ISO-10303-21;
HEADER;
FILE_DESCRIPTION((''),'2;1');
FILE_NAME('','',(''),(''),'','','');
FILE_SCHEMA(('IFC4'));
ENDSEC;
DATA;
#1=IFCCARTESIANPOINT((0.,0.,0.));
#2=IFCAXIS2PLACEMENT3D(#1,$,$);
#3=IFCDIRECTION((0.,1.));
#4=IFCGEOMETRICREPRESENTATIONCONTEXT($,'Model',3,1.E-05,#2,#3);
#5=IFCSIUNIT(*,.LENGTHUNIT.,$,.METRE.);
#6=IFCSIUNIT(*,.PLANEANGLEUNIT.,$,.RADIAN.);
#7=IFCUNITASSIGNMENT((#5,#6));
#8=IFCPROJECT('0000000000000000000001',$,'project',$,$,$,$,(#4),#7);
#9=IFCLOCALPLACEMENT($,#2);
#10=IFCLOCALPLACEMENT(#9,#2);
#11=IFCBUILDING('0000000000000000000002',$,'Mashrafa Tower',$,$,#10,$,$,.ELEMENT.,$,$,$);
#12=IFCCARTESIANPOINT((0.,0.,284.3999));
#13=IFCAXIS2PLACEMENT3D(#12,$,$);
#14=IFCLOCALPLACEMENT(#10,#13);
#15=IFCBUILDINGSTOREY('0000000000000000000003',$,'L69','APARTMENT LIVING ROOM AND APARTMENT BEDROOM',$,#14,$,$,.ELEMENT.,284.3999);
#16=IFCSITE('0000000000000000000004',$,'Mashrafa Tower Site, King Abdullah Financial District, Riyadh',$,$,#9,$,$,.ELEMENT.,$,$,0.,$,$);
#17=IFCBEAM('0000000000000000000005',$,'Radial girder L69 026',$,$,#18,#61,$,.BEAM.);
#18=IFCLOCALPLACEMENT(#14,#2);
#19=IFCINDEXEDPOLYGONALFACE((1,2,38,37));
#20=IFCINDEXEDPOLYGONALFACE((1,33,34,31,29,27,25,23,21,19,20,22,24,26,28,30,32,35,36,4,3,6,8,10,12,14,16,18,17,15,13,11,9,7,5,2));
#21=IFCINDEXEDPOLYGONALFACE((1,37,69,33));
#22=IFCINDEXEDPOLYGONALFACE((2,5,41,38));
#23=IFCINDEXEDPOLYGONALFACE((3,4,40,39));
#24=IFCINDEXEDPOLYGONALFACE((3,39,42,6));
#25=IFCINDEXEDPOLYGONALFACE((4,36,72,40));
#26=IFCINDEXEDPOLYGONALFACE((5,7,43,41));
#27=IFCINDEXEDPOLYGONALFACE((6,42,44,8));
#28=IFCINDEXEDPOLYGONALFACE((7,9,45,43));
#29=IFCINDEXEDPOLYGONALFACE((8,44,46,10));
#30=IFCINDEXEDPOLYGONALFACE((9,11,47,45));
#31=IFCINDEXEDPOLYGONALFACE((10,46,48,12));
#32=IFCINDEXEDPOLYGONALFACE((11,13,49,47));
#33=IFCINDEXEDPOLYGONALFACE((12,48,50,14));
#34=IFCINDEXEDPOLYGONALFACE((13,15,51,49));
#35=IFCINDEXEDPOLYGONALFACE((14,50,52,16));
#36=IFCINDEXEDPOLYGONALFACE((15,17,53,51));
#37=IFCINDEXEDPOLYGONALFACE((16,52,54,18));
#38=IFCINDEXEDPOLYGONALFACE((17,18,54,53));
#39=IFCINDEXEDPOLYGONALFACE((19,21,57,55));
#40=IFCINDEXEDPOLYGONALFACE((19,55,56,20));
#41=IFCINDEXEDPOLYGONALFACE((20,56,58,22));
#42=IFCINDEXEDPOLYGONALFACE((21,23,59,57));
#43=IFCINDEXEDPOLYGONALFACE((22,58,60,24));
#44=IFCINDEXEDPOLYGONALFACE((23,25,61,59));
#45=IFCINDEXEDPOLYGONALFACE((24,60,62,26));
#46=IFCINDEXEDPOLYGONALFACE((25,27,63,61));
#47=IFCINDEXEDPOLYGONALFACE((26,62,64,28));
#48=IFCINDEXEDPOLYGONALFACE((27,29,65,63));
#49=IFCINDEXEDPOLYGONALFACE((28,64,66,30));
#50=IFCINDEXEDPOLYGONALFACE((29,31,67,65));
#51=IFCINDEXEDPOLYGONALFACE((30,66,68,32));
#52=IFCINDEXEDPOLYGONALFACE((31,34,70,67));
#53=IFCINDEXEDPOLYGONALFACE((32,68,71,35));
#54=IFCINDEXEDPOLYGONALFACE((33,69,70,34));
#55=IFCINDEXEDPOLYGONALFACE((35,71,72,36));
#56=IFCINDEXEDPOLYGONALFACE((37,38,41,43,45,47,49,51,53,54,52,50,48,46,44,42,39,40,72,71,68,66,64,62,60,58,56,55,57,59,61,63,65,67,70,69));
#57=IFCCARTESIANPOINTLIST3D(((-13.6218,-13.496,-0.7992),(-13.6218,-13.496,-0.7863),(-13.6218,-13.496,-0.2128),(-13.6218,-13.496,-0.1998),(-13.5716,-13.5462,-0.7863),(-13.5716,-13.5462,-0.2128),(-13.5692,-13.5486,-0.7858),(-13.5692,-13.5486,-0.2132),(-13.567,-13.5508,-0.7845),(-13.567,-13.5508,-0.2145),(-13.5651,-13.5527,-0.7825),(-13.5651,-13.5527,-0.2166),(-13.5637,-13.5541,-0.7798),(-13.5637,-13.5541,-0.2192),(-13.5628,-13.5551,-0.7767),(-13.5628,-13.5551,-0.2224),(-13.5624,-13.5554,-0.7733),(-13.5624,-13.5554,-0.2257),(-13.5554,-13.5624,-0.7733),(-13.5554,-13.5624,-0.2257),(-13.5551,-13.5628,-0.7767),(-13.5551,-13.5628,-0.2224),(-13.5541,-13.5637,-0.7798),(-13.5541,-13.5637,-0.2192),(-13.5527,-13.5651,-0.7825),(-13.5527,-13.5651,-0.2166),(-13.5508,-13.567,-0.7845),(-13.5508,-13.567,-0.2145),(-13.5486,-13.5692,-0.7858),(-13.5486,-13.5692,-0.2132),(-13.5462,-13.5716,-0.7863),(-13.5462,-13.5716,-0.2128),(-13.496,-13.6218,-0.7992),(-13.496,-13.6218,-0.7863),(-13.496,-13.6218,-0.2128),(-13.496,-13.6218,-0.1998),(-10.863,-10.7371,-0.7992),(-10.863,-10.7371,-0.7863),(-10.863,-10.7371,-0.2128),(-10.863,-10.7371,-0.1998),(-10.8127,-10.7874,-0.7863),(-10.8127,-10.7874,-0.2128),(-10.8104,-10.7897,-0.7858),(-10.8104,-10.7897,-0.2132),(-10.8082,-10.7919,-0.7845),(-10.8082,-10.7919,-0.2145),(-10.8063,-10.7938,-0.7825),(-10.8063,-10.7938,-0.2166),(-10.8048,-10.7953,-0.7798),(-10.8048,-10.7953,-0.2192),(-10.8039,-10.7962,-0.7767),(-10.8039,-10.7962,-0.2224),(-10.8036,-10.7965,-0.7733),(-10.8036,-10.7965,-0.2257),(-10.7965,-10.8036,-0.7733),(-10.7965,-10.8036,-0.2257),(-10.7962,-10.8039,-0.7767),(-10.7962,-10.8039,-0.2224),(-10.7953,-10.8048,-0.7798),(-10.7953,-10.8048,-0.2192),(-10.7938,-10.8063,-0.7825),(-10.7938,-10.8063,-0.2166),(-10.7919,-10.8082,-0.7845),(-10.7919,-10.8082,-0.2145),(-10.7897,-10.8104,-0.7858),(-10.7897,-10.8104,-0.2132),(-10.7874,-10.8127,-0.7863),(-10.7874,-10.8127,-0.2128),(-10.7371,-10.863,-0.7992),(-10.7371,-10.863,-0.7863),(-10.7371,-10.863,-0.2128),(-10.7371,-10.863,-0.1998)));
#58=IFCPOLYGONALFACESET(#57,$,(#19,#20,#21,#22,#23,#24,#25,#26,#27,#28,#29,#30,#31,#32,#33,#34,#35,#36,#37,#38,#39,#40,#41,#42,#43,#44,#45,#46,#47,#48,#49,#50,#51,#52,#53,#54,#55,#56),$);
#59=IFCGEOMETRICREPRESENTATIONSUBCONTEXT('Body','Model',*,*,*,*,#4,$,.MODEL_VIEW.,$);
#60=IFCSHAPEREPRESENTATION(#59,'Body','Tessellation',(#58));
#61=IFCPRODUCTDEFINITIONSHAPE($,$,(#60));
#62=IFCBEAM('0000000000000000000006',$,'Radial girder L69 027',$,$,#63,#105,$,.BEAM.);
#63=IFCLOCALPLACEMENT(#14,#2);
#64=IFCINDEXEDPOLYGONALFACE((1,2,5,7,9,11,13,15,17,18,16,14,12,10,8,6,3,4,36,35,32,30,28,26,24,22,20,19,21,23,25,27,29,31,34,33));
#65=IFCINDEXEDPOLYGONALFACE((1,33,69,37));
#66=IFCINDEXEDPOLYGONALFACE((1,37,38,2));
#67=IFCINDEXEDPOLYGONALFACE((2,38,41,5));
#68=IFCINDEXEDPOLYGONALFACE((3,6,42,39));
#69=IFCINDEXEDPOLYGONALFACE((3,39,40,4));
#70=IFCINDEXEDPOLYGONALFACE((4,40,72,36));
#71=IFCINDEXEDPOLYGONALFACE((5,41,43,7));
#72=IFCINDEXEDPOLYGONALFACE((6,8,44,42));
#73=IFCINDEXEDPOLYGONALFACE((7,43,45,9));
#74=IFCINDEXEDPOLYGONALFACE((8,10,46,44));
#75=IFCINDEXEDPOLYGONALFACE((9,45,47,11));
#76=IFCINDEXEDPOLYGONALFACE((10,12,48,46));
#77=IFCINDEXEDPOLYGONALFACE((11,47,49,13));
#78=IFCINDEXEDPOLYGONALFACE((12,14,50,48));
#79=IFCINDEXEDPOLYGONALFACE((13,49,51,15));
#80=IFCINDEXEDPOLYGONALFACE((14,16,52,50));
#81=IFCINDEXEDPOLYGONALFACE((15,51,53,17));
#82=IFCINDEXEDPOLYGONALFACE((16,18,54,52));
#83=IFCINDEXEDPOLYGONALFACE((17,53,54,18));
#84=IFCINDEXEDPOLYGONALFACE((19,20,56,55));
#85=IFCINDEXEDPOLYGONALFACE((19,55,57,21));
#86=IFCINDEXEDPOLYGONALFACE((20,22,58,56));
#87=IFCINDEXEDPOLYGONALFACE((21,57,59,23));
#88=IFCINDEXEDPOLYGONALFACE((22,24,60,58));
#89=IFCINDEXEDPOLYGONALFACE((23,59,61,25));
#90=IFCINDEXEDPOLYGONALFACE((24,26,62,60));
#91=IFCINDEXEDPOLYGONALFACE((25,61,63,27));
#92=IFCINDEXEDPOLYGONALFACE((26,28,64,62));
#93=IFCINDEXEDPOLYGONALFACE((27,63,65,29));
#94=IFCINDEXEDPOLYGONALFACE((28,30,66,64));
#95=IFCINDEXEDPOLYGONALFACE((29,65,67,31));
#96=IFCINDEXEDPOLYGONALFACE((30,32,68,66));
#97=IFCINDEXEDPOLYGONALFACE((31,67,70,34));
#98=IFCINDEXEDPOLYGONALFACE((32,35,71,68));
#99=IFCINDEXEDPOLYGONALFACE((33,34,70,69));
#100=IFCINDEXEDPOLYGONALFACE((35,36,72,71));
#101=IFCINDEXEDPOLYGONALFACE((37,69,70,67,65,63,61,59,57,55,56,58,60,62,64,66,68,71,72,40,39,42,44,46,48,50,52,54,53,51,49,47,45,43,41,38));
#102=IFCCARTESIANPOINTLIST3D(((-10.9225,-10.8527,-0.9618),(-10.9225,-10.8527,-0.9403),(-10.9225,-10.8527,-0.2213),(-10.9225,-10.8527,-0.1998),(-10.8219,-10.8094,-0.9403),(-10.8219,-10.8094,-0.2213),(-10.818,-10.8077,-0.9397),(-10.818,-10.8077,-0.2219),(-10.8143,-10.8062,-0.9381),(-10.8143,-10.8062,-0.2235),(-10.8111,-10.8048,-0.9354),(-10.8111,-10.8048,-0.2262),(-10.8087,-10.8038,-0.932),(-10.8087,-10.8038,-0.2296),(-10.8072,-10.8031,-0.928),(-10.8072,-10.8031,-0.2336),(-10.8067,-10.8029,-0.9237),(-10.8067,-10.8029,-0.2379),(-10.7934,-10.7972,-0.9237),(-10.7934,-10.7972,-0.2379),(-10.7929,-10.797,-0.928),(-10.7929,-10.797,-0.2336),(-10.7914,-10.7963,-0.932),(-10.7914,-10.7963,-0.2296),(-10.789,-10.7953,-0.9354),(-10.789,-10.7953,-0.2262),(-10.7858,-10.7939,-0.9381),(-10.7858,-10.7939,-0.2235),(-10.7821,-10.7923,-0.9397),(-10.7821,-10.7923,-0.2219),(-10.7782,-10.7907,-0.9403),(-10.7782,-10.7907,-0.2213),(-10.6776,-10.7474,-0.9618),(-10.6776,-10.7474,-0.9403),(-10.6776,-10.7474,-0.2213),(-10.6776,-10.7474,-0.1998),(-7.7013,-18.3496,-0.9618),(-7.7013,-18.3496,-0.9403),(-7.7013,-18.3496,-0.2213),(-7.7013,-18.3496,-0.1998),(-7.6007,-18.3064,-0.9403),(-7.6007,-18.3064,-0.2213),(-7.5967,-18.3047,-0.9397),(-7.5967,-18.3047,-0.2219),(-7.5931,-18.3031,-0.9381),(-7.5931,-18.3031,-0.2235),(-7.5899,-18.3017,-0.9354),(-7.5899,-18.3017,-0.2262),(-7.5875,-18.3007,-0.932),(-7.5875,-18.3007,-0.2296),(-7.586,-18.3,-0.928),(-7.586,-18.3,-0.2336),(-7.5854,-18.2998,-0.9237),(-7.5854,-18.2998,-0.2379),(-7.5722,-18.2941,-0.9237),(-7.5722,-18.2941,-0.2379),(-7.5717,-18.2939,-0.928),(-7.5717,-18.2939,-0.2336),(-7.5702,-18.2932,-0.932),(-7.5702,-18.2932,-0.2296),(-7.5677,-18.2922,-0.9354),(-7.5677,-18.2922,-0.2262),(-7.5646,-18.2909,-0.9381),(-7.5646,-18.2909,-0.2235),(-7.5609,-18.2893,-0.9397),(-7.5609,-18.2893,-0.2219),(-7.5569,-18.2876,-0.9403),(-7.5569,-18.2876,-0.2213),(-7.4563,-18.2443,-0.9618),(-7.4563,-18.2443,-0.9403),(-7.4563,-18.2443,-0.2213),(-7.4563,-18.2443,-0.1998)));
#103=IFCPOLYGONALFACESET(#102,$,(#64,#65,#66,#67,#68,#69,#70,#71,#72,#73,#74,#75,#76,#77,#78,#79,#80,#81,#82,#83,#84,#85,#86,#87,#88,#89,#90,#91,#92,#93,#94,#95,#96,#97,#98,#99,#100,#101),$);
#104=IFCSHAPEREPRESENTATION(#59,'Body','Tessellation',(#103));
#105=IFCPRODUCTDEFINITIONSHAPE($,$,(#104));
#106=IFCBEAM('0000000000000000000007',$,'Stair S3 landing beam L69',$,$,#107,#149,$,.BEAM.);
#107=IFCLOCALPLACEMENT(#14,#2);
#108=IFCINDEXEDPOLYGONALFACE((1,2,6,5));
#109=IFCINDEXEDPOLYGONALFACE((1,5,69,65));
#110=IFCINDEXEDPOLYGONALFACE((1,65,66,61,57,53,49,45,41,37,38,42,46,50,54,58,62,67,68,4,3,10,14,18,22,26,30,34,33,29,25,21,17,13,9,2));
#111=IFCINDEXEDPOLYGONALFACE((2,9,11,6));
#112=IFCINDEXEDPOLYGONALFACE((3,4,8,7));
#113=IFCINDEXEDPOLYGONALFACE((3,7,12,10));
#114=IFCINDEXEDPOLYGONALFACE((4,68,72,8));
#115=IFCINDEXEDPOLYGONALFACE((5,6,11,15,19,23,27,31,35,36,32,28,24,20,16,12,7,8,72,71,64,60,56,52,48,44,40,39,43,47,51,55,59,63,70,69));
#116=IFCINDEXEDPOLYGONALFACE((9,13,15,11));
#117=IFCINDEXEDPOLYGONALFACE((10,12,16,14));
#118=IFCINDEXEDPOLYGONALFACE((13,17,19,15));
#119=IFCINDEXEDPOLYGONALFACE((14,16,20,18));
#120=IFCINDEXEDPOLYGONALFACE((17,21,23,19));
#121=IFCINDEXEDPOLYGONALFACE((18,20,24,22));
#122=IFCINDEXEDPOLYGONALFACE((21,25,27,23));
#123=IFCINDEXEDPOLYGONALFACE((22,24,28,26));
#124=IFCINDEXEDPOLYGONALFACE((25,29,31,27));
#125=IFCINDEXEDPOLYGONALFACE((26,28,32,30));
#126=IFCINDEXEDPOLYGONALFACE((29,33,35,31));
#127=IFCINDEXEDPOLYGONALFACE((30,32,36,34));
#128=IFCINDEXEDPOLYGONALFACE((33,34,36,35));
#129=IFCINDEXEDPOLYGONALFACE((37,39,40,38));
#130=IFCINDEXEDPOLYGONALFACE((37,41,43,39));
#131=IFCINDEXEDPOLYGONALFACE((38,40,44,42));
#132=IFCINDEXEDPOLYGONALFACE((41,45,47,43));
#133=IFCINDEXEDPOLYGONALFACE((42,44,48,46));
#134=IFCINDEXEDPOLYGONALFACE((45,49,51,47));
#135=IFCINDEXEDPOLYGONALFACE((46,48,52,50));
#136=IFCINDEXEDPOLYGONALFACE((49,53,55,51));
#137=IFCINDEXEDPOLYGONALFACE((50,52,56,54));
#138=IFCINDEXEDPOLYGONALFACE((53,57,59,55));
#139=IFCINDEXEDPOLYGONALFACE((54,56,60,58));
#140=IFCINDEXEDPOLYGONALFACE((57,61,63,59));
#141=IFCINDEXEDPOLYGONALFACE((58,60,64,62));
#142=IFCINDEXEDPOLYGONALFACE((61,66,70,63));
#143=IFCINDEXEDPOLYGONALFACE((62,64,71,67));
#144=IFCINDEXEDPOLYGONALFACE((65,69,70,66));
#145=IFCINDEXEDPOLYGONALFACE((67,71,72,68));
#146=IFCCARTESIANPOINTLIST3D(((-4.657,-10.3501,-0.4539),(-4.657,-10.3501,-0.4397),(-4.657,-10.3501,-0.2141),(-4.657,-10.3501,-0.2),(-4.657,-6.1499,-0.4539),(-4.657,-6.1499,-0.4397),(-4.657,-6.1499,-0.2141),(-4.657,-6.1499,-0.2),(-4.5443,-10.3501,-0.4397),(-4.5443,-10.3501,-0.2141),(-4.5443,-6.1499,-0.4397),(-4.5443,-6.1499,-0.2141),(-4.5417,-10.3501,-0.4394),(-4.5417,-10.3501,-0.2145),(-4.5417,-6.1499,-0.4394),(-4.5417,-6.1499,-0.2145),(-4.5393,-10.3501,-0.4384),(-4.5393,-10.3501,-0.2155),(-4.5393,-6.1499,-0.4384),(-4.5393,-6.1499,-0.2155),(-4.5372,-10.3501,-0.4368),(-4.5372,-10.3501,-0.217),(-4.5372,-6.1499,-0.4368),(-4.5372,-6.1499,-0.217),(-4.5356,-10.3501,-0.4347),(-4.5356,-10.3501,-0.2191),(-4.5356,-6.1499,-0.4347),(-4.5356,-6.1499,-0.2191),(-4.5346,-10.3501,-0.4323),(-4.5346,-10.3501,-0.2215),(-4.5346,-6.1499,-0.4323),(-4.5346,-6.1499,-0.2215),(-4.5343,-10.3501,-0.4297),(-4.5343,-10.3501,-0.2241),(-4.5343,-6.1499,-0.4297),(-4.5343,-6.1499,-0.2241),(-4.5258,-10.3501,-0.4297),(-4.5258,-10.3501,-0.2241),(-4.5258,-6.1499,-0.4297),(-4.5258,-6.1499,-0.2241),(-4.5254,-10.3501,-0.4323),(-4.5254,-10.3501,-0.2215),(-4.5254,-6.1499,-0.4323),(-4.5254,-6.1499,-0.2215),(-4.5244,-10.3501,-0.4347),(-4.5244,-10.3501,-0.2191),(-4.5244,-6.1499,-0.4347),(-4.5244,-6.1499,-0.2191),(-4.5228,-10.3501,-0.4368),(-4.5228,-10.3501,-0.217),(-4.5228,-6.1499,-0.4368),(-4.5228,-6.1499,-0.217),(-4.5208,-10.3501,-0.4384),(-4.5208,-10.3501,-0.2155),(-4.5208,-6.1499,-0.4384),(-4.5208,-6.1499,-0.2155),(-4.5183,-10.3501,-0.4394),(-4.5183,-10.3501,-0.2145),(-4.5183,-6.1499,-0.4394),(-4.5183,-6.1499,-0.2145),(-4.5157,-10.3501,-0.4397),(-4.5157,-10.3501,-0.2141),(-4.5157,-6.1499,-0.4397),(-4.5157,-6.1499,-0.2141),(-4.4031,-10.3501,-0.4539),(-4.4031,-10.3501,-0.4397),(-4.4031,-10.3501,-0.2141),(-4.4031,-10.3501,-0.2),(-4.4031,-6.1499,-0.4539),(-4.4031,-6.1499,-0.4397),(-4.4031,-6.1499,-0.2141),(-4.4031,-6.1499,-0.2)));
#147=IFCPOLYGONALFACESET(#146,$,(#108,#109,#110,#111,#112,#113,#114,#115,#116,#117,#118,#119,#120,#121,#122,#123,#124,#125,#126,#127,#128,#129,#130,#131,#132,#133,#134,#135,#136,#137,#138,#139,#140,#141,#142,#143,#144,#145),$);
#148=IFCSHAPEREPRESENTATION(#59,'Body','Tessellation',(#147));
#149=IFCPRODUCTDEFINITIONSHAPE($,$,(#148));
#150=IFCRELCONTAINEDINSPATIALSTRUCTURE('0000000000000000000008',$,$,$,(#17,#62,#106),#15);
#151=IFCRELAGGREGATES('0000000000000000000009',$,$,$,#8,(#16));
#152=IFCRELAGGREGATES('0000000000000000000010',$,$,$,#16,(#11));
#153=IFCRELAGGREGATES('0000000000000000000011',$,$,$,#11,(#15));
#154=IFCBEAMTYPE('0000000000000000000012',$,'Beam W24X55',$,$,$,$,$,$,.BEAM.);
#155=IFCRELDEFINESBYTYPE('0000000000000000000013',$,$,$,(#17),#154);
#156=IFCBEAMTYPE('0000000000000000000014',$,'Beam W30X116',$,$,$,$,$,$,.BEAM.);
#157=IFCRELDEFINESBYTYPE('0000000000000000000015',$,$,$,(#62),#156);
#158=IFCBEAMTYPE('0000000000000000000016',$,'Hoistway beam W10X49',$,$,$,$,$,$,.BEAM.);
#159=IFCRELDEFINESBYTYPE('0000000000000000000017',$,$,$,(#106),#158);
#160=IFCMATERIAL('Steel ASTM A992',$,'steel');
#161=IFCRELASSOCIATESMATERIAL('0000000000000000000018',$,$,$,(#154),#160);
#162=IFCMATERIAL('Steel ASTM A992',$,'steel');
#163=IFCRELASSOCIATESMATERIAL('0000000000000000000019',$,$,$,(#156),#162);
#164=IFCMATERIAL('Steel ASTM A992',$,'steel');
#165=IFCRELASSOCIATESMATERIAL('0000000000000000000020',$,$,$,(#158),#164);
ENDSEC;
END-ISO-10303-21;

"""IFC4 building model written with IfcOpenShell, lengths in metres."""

from ifc_helpers import new_model, si_unit, direction, frame, origin, origin_2d, place, context, subcontext, project, spatial, i_section, extrude, material, material_profile, profile_set, type_object, element, save


model = new_model("IFC4")

# Units and contexts
model_context = context("Model", 3, precision=1e-05, world=origin(), true_north=direction((0.0, 1.0)))
body_context = subcontext(model_context, "Body", "Model", "MODEL_VIEW")
ifc_project = project(units=[si_unit("LENGTHUNIT", "METRE"), si_unit("PLANEANGLEUNIT", "RADIAN")], contexts=[model_context])

# Site, building, storey
site_placement = place(None, origin())
site = spatial("IfcSite", under=ifc_project, at=site_placement, Name="Mashrafa Tower Site, King Abdullah Financial District, Riyadh", CompositionType="ELEMENT", RefElevation=0.0)
building_placement = place(site_placement, origin())
building = spatial("IfcBuilding", under=site, at=building_placement, Name="Mashrafa Tower", CompositionType="ELEMENT")
storey_placement = place(building_placement, frame((0.0, 0.0, 284.3999)))
storey = spatial("IfcBuildingStorey", under=building, at=storey_placement, Name="L69", Description="APARTMENT LIVING ROOM AND APARTMENT BEDROOM", CompositionType="ELEMENT", Elevation=284.3999)

# Beams
ifc_material_1 = material(Name="Steel ASTM A992", Category="steel")
ifc_material_profile_1 = material_profile(ifc_material_1, i_section(OverallWidth=0.178, OverallDepth=0.5994, WebThickness=0.01, FlangeThickness=0.0129, FilletRadius=0.0129, at=origin_2d()), Name="W24X55")
ifc_profile_set_1 = profile_set([ifc_material_profile_1], Name="Steel ASTM A992")
beam_type_1 = type_object("IfcBeamType", Name="Beam W24X55", PredefinedType="BEAM", material=ifc_profile_set_1)
beam_1_placement = place(storey_placement, frame((-10.8, -10.8, -0.4995), z_axis=(-0.707107, -0.707107, 0.0), x_axis=(0.707107, -0.707107, 0.0)))
element("IfcBeam", 1, at=beam_1_placement, inside=storey, type_object=beam_type_1, Name="Radial girder L69 026", PredefinedType="BEAM", context=body_context, shape_type="SweptSolid", body=[
    extrude(i_section(OverallWidth=0.178, OverallDepth=0.5994, WebThickness=0.01, FlangeThickness=0.0129, FilletRadius=0.0129, at=origin_2d()), origin(), (0.0, 0.0, 1.0), 3.9016),
])
ifc_material_2 = material(Name="Steel ASTM A992", Category="steel")
ifc_material_profile_2 = material_profile(ifc_material_2, i_section(OverallWidth=0.2666, OverallDepth=0.762, WebThickness=0.0144, FlangeThickness=0.0215, FilletRadius=0.0166, at=origin_2d()), Name="W30X116")
ifc_profile_set_2 = profile_set([ifc_material_profile_2], Name="Steel ASTM A992")
beam_type_2 = type_object("IfcBeamType", Name="Beam W30X116", PredefinedType="BEAM", material=ifc_profile_set_2)
beam_2_placement = place(storey_placement, frame((-10.8, -10.8, -0.5808), z_axis=(0.394775, -0.918778, 0.0), x_axis=(0.918778, 0.394775, 0.0)))
element("IfcBeam", 2, at=beam_2_placement, inside=storey, type_object=beam_type_2, Name="Radial girder L69 027", PredefinedType="BEAM", context=body_context, shape_type="SweptSolid", body=[
    extrude(i_section(OverallWidth=0.2666, OverallDepth=0.762, WebThickness=0.0144, FlangeThickness=0.0215, FilletRadius=0.0166, at=origin_2d()), origin(), (0.0, 0.0, 1.0), 8.1597),
])
ifc_material_3 = material(Name="Steel ASTM A992", Category="steel")
ifc_material_profile_3 = material_profile(ifc_material_3, i_section(OverallWidth=0.2539, OverallDepth=0.2539, WebThickness=0.0085, FlangeThickness=0.0142, FilletRadius=0.01, at=origin_2d()), Name="W10X49")
ifc_profile_set_3 = profile_set([ifc_material_profile_3], Name="Steel ASTM A992")
beam_type_3 = type_object("IfcBeamType", Name="Hoistway beam W10X49", PredefinedType="BEAM", material=ifc_profile_set_3)
beam_3_placement = place(storey_placement, frame((-4.53, -10.3501, -0.3269), z_axis=(0.0, 1.0, 0.0), x_axis=(-1.0, 0.0, 0.0)))
element("IfcBeam", 3, at=beam_3_placement, inside=storey, type_object=beam_type_3, Name="Stair S3 landing beam L69", PredefinedType="BEAM", context=body_context, shape_type="SweptSolid", body=[
    extrude(i_section(OverallWidth=0.2539, OverallDepth=0.2539, WebThickness=0.0085, FlangeThickness=0.0142, FilletRadius=0.01, at=origin_2d()), origin(), (0.0, 0.0, 1.0), 4.2002),
])

save(model, "model.ifc")
